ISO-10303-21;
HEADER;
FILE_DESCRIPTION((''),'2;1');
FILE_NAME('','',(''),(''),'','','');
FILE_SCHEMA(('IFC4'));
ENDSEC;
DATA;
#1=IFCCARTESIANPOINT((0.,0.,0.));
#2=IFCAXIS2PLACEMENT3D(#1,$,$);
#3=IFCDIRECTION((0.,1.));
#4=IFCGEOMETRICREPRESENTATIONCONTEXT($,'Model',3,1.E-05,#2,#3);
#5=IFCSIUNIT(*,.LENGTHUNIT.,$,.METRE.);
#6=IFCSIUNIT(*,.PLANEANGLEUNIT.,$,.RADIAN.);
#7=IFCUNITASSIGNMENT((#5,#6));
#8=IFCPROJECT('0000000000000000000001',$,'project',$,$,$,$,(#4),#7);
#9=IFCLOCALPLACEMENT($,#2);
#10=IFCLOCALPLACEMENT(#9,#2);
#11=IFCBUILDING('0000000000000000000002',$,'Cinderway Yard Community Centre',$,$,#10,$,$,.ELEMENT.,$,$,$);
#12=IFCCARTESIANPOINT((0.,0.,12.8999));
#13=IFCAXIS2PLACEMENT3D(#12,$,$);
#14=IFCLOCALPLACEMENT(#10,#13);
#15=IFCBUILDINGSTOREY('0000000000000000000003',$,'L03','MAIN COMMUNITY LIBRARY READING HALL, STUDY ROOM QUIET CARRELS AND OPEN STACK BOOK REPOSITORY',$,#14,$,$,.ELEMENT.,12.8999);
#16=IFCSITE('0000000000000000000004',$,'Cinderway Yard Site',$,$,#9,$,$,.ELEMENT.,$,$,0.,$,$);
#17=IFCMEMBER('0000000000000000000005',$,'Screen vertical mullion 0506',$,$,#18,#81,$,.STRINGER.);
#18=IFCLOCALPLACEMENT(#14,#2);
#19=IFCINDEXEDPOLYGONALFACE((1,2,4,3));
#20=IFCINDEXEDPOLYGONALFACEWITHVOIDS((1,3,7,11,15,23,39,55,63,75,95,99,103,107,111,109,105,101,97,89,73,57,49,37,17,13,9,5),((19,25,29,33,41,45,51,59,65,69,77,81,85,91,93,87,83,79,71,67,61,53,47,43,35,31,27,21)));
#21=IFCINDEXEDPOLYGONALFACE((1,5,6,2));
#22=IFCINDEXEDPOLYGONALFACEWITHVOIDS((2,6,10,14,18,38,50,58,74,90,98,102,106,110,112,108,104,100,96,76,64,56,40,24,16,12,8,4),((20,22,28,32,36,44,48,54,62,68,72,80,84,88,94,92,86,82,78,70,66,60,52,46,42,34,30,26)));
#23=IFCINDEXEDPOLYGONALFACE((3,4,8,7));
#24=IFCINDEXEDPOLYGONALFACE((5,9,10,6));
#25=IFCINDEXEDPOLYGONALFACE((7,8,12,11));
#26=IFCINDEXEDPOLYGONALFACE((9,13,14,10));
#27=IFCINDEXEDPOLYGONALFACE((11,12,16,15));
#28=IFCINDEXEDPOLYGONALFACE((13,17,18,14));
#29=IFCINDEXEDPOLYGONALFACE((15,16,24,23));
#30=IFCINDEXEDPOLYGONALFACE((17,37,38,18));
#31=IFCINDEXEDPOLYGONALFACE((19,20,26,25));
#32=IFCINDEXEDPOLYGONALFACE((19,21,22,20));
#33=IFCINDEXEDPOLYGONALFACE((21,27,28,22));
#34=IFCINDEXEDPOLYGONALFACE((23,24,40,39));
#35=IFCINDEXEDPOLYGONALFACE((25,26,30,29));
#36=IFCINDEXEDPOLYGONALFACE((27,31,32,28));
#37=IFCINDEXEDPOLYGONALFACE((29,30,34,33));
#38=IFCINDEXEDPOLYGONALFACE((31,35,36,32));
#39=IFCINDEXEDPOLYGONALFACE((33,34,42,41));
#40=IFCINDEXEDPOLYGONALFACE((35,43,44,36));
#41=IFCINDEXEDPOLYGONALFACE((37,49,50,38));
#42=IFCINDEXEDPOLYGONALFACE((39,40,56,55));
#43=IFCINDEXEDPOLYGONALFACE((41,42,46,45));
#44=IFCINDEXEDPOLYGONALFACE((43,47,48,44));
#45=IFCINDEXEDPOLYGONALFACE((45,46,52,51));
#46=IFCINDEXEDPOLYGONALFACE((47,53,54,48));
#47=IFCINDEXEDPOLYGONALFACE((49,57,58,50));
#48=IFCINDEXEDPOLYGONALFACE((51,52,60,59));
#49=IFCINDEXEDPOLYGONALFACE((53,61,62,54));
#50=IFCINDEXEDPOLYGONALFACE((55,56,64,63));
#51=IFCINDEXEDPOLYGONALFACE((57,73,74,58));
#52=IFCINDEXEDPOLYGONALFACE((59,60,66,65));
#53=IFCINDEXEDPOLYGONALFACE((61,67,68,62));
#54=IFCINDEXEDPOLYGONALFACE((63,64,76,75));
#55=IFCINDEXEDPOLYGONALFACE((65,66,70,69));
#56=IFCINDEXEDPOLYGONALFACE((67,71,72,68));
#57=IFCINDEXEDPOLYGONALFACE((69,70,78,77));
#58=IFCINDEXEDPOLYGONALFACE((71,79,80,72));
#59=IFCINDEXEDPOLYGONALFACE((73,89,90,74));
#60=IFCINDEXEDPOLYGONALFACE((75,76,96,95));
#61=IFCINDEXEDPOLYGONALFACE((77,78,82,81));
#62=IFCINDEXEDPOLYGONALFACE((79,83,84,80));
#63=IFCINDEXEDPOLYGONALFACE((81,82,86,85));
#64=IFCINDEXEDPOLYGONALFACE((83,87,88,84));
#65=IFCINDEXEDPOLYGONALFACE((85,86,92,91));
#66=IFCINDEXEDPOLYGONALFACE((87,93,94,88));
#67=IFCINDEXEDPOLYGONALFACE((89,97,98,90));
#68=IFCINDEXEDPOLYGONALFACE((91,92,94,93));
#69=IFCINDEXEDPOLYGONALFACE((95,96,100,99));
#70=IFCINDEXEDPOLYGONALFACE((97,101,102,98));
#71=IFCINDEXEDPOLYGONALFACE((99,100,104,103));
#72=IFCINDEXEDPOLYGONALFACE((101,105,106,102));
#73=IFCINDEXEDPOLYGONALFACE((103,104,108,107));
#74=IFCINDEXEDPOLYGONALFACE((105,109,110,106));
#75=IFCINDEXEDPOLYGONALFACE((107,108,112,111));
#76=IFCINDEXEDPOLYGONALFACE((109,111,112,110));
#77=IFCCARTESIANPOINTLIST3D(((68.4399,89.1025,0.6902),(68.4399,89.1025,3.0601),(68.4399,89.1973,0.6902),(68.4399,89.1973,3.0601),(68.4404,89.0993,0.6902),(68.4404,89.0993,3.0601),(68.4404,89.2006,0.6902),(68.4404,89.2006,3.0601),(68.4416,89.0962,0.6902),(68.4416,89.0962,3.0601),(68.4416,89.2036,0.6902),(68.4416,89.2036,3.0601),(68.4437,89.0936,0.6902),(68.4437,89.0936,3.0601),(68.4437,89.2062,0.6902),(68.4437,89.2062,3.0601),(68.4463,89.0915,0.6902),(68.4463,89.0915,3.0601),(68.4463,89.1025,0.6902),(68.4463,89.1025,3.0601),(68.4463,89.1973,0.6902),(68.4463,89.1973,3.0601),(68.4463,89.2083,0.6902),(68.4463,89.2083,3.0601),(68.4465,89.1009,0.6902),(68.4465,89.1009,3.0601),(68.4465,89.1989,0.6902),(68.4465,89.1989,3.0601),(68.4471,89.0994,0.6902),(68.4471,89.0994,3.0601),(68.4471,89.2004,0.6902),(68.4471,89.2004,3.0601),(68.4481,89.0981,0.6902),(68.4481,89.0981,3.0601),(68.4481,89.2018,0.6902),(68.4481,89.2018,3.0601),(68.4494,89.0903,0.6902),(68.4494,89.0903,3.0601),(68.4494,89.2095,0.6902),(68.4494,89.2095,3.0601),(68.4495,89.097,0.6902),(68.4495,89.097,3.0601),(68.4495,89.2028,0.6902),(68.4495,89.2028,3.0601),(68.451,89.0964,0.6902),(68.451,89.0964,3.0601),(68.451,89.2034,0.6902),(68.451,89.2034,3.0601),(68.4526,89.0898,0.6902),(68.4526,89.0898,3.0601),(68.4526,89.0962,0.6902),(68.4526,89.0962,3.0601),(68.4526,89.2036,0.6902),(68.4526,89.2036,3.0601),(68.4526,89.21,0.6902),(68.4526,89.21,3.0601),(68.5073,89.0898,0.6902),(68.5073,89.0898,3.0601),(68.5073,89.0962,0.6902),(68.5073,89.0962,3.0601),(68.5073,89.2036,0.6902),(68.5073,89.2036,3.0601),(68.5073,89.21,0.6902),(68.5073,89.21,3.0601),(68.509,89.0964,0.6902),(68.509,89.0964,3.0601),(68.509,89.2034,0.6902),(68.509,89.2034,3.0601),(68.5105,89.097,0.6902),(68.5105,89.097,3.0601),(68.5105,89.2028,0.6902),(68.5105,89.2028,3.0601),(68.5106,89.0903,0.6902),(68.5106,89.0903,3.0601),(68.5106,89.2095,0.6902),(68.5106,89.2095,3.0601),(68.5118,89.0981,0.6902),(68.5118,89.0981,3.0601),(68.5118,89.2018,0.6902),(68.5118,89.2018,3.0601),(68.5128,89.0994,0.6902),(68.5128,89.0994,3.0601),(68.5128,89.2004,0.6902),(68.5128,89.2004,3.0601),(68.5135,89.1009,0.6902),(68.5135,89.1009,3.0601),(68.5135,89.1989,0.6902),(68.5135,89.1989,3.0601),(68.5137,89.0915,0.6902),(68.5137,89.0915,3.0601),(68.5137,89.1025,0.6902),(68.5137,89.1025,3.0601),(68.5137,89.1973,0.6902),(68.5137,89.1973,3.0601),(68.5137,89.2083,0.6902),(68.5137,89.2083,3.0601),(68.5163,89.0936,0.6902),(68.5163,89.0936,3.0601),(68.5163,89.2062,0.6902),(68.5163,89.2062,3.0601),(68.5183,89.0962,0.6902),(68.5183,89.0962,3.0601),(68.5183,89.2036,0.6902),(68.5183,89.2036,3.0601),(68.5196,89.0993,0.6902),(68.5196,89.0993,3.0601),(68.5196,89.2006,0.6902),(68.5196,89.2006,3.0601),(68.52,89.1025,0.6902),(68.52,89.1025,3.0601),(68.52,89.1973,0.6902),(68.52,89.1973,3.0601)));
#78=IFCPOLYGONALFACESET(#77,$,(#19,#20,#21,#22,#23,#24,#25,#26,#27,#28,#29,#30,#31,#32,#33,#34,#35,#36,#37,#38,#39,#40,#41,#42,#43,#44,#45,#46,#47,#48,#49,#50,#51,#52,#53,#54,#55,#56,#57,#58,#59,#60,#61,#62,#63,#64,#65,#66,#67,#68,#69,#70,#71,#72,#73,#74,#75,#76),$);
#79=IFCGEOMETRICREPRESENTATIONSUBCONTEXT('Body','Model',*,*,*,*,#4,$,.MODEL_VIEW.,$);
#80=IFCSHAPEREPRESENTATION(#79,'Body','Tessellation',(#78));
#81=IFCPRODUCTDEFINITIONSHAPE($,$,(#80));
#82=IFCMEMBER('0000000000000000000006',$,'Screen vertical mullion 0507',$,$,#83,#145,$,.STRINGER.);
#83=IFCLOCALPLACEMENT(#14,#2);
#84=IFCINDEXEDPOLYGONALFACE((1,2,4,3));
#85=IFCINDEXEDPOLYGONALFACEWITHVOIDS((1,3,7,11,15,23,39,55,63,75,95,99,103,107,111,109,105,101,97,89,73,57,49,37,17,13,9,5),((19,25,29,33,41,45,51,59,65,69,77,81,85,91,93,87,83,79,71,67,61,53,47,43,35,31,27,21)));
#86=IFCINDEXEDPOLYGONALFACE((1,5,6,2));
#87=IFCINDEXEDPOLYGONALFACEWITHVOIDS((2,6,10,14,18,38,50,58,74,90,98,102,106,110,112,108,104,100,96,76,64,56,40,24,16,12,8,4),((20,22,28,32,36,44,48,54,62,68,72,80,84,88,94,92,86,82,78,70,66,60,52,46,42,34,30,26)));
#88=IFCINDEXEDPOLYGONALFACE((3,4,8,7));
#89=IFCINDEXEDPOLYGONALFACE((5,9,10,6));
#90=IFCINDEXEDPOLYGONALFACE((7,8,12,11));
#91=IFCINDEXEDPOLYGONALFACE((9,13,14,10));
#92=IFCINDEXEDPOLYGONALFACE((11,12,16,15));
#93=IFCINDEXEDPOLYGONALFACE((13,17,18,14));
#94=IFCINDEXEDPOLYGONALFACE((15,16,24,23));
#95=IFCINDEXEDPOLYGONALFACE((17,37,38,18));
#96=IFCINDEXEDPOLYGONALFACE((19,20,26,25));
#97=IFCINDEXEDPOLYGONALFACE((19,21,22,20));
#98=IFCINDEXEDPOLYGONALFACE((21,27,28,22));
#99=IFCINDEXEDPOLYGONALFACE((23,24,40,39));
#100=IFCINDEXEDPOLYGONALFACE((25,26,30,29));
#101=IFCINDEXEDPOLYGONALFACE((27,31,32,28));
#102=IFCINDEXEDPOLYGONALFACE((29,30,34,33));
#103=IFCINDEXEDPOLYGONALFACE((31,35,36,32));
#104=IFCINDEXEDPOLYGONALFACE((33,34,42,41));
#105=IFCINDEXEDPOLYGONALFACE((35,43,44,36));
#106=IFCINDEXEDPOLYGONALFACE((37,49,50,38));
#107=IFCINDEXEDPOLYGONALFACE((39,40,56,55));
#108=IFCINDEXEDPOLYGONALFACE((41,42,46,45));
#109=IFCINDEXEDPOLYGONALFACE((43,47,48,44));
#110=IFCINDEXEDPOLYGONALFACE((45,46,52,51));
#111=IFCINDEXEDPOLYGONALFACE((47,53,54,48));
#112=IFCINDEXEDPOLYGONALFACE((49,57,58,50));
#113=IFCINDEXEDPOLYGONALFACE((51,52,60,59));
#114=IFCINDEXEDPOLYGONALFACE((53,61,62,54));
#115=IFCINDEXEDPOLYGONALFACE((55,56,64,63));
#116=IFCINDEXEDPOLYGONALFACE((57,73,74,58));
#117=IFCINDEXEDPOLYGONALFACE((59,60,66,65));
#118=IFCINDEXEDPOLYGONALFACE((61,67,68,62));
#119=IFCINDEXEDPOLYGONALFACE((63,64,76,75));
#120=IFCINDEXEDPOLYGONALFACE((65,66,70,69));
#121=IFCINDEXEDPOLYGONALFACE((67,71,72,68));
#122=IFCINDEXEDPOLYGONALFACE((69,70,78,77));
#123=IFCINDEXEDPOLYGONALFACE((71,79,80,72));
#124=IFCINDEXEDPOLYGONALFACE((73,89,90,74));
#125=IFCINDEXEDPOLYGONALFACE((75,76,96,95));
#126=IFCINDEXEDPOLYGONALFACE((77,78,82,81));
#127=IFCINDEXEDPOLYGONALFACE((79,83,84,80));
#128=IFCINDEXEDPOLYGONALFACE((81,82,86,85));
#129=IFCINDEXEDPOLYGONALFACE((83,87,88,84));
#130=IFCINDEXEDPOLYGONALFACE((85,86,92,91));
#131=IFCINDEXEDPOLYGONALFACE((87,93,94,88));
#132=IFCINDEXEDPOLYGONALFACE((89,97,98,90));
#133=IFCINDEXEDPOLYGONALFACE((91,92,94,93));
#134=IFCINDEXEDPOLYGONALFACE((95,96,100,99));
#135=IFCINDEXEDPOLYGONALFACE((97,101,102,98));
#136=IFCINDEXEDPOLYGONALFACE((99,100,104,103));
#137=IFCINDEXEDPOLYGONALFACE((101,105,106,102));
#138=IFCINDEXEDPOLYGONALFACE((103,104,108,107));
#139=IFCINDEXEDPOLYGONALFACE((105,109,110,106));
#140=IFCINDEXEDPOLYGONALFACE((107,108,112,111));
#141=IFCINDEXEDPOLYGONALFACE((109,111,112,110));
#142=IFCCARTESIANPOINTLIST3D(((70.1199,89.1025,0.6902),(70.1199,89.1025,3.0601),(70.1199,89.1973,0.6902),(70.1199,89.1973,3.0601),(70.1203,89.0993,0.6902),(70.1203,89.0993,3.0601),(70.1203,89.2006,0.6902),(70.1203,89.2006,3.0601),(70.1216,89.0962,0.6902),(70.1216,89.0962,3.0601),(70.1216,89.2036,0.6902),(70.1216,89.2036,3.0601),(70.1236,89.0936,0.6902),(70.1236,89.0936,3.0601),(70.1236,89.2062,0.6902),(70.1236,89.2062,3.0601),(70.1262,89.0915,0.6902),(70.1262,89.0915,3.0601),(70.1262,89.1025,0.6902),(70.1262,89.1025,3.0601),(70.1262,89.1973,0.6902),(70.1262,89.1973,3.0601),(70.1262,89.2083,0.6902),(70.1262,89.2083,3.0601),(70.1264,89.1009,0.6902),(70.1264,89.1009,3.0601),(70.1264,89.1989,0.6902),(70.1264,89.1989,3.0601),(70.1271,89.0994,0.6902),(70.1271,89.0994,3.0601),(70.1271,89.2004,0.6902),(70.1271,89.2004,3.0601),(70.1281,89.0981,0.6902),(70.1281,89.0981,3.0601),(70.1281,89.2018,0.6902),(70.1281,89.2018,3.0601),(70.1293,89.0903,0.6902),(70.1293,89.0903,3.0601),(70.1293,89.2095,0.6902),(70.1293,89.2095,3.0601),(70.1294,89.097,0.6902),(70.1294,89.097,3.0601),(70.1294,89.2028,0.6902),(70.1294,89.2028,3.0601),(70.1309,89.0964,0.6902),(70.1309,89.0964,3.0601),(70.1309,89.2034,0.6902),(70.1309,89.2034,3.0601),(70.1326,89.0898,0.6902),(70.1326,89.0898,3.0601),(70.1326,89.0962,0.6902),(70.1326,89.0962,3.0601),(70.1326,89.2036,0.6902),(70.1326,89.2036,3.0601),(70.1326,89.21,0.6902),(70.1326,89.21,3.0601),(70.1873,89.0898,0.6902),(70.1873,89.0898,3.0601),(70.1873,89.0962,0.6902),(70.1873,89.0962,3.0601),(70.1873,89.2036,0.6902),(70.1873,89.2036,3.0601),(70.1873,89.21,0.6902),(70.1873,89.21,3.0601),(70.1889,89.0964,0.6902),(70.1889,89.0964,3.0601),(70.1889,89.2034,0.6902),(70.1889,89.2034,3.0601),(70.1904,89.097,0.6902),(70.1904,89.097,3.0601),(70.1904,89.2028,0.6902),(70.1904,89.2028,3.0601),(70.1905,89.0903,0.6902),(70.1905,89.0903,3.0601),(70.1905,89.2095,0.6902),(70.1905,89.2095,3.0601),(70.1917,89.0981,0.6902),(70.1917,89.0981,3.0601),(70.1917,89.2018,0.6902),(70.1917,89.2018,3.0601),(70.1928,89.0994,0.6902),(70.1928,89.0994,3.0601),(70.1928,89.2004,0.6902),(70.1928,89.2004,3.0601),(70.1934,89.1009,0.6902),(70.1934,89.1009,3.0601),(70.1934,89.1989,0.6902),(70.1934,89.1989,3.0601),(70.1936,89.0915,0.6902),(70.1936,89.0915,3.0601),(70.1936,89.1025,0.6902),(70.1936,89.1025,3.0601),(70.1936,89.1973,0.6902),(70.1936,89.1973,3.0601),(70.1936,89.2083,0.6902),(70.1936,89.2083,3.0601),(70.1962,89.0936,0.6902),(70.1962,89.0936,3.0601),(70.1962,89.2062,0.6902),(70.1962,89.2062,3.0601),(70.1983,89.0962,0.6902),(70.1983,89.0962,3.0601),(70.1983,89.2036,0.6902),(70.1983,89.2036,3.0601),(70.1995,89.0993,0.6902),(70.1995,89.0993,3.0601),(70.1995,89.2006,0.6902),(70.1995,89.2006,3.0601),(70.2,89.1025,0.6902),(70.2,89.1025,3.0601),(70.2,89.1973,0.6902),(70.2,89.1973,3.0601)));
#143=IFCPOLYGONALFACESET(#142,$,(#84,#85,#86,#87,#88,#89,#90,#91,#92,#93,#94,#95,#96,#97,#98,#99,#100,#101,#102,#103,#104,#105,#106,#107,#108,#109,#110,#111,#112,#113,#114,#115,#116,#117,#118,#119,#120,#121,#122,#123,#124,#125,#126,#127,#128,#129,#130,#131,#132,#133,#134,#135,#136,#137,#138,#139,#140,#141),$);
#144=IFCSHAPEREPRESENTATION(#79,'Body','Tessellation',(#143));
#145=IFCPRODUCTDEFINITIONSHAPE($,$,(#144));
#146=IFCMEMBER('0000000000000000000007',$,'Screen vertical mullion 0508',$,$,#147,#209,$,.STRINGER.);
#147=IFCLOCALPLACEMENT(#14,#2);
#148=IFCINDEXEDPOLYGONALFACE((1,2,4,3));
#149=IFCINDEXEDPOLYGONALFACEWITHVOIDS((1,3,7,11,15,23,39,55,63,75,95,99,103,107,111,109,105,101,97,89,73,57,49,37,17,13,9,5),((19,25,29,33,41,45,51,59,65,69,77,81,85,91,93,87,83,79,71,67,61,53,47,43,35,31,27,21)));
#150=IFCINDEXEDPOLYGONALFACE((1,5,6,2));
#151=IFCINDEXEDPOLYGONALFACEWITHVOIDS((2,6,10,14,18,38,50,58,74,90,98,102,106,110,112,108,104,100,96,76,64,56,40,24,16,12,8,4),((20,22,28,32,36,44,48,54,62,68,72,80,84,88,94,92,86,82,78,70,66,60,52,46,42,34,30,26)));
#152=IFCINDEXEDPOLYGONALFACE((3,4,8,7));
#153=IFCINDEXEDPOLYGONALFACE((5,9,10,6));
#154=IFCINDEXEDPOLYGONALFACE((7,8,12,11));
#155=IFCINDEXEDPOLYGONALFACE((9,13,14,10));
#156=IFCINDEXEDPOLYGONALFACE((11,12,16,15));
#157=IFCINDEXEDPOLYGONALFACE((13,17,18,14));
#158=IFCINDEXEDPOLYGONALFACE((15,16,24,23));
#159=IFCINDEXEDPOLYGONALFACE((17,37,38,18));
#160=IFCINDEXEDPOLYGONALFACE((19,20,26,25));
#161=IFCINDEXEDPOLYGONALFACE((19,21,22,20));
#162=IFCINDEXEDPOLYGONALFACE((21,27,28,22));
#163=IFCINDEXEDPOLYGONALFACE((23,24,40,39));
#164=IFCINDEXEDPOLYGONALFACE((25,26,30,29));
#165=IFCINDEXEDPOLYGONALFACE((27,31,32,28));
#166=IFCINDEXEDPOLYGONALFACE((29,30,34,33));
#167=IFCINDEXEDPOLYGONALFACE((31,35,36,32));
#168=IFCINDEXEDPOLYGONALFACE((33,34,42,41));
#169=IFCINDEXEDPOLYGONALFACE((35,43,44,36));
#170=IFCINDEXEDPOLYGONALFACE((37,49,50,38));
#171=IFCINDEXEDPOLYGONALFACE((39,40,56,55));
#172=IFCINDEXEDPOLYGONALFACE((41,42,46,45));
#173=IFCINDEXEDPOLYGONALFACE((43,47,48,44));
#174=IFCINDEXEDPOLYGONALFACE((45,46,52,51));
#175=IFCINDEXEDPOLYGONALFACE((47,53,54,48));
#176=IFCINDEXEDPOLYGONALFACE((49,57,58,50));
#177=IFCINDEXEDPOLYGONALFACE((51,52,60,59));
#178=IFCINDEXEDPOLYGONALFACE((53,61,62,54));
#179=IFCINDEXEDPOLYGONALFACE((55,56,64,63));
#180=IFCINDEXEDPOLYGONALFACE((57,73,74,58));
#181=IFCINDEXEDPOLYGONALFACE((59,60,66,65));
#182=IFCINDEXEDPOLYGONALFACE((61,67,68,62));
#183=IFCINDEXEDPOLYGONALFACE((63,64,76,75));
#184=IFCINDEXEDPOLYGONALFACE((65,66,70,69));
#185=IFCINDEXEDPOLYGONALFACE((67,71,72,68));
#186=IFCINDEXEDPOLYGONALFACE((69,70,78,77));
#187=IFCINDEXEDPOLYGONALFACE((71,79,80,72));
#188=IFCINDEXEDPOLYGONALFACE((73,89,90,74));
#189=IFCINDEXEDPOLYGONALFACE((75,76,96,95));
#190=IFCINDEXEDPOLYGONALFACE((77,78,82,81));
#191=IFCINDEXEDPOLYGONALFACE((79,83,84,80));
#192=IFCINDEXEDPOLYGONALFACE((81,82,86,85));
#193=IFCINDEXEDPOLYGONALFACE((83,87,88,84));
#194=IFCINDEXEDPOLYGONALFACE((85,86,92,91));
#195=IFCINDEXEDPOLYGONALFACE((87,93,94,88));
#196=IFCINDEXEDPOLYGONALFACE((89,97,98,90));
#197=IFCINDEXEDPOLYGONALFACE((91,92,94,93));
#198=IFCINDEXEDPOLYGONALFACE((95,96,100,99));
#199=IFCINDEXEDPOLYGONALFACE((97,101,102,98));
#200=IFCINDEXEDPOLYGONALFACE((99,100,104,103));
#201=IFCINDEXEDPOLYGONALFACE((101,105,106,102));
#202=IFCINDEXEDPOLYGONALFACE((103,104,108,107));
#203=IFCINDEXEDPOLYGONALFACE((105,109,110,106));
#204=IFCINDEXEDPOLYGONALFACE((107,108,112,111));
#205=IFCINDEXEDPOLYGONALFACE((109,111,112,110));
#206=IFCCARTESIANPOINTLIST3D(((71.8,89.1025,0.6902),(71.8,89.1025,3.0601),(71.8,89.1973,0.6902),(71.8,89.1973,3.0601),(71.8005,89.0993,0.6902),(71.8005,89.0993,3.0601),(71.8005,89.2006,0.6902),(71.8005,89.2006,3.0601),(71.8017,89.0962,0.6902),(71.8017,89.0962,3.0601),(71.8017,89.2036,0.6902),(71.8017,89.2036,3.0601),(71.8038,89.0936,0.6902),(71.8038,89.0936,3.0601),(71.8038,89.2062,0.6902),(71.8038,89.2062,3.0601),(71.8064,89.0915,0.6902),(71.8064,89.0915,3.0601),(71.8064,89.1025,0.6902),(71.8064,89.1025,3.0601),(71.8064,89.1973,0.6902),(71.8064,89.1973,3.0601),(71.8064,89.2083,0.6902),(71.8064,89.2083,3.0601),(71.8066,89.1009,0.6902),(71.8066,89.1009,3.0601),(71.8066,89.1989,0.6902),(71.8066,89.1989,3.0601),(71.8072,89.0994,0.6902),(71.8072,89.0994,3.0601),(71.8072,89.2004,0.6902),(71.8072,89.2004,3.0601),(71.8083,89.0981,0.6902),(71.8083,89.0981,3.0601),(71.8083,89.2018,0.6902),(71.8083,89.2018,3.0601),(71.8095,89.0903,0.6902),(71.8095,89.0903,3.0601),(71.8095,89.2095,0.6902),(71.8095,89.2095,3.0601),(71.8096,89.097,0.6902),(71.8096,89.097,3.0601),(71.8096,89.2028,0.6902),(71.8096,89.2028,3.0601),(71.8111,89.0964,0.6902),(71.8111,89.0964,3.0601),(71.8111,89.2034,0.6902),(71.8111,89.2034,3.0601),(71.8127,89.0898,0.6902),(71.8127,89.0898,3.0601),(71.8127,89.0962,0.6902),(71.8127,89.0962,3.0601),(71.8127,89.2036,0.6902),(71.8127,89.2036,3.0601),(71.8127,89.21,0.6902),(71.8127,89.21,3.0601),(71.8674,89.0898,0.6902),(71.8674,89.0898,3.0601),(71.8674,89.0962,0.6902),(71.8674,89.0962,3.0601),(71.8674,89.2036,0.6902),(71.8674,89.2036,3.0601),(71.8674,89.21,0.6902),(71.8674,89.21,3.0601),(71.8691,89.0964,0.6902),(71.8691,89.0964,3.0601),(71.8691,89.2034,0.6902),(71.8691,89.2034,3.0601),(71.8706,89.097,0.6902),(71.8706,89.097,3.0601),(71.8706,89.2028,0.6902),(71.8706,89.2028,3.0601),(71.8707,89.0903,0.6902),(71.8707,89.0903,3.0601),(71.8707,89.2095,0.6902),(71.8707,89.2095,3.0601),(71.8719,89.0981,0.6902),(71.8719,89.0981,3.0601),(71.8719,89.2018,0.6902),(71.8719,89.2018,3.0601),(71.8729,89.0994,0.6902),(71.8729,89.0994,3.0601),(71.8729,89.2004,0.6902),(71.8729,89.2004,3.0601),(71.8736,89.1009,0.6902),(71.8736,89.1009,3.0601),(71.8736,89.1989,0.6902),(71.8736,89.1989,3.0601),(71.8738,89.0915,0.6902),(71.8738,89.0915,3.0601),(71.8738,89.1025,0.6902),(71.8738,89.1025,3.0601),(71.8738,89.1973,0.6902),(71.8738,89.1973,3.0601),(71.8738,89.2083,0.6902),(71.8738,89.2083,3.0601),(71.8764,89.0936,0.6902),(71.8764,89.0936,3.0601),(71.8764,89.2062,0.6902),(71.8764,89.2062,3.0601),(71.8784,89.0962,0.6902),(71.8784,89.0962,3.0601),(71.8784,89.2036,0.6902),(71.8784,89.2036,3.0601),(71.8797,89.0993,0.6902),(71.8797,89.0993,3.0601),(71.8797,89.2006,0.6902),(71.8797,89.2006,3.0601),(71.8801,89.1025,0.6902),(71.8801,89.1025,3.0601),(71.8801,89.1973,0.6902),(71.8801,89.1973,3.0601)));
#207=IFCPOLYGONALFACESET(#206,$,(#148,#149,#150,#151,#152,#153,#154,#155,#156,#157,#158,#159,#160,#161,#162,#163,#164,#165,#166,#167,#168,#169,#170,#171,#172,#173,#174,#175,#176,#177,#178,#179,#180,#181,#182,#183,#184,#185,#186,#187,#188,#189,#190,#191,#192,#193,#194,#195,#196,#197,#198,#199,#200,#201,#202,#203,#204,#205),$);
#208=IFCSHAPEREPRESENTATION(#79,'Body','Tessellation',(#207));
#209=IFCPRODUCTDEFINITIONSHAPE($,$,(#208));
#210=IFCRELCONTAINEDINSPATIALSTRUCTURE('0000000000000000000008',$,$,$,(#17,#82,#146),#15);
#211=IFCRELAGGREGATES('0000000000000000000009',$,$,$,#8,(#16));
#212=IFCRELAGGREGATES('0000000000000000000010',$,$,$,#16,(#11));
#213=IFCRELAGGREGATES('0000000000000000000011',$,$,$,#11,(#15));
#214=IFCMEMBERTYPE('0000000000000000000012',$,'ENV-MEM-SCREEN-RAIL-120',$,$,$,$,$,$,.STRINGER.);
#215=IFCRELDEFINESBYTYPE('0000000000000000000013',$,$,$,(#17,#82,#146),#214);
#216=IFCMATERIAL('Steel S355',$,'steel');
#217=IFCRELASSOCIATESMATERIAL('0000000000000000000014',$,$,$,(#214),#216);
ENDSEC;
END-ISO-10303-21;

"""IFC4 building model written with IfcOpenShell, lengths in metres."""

from ifc_helpers import new_model, si_unit, direction, frame, origin, origin_2d, place, context, subcontext, project, spatial, hollow_rectangle, extrude, material, material_profile, profile_set, type_object, element, save


model = new_model("IFC4")

# Units and contexts
model_context = context("Model", 3, precision=1e-05, world=origin(), true_north=direction((0.0, 1.0)))
body_context = subcontext(model_context, "Body", "Model", "MODEL_VIEW")
ifc_project = project(units=[si_unit("LENGTHUNIT", "METRE"), si_unit("PLANEANGLEUNIT", "RADIAN")], contexts=[model_context])

# Site, building, storey
site_placement = place(None, origin())
site = spatial("IfcSite", under=ifc_project, at=site_placement, Name="Cinderway Yard Site", CompositionType="ELEMENT", RefElevation=0.0)
building_placement = place(site_placement, origin())
building = spatial("IfcBuilding", under=site, at=building_placement, Name="Cinderway Yard Community Centre", CompositionType="ELEMENT")
storey_placement = place(building_placement, frame((0.0, 0.0, 12.8999)))
storey = spatial("IfcBuildingStorey", under=building, at=storey_placement, Name="L03", Description="MAIN COMMUNITY LIBRARY READING HALL, STUDY ROOM QUIET CARRELS AND OPEN STACK BOOK REPOSITORY", CompositionType="ELEMENT", Elevation=12.8999)

# Members
ifc_material_1 = material(Name="Steel S355", Category="steel")
ifc_material_profile = material_profile(ifc_material_1, hollow_rectangle(XDim=0.0801, YDim=0.1201, WallThickness=0.0063, InnerFilletRadius=0.0063, OuterFilletRadius=0.0127, at=origin_2d()), Name="Steel S355")
ifc_profile_set = profile_set([ifc_material_profile], Name="Steel S355")
member_type = type_object("IfcMemberType", Name="ENV-MEM-SCREEN-RAIL-120", PredefinedType="STRINGER", material=ifc_profile_set)
for number, where, z_axis, x_axis, name in (
    (1, (68.48, 89.1499, 0.6902), (0.0, 0.0, 1.0), (1.0, 0.0, 0.0), "Screen vertical mullion 0506"),
    (2, (70.1599, 89.1499, 0.6902), (0.0, 0.0, 1.0), (1.0, 0.0, 0.0), "Screen vertical mullion 0507"),
    (3, (71.8401, 89.1499, 0.6902), (0.0, 0.0, 1.0), (1.0, 0.0, 0.0), "Screen vertical mullion 0508"),
):
    element("IfcMember", number, at=place(storey_placement, frame(where, z_axis=z_axis, x_axis=x_axis)), inside=storey, type_object=member_type, Name=name, PredefinedType="STRINGER", context=body_context, shape_type="SweptSolid", body=[
        extrude(hollow_rectangle(XDim=0.0801, YDim=0.1201, WallThickness=0.0063, InnerFilletRadius=0.0063, OuterFilletRadius=0.0127, at=origin_2d()), origin(), (0.0, 0.0, 1.0), 2.3699),
    ])

save(model, "model.ifc")
